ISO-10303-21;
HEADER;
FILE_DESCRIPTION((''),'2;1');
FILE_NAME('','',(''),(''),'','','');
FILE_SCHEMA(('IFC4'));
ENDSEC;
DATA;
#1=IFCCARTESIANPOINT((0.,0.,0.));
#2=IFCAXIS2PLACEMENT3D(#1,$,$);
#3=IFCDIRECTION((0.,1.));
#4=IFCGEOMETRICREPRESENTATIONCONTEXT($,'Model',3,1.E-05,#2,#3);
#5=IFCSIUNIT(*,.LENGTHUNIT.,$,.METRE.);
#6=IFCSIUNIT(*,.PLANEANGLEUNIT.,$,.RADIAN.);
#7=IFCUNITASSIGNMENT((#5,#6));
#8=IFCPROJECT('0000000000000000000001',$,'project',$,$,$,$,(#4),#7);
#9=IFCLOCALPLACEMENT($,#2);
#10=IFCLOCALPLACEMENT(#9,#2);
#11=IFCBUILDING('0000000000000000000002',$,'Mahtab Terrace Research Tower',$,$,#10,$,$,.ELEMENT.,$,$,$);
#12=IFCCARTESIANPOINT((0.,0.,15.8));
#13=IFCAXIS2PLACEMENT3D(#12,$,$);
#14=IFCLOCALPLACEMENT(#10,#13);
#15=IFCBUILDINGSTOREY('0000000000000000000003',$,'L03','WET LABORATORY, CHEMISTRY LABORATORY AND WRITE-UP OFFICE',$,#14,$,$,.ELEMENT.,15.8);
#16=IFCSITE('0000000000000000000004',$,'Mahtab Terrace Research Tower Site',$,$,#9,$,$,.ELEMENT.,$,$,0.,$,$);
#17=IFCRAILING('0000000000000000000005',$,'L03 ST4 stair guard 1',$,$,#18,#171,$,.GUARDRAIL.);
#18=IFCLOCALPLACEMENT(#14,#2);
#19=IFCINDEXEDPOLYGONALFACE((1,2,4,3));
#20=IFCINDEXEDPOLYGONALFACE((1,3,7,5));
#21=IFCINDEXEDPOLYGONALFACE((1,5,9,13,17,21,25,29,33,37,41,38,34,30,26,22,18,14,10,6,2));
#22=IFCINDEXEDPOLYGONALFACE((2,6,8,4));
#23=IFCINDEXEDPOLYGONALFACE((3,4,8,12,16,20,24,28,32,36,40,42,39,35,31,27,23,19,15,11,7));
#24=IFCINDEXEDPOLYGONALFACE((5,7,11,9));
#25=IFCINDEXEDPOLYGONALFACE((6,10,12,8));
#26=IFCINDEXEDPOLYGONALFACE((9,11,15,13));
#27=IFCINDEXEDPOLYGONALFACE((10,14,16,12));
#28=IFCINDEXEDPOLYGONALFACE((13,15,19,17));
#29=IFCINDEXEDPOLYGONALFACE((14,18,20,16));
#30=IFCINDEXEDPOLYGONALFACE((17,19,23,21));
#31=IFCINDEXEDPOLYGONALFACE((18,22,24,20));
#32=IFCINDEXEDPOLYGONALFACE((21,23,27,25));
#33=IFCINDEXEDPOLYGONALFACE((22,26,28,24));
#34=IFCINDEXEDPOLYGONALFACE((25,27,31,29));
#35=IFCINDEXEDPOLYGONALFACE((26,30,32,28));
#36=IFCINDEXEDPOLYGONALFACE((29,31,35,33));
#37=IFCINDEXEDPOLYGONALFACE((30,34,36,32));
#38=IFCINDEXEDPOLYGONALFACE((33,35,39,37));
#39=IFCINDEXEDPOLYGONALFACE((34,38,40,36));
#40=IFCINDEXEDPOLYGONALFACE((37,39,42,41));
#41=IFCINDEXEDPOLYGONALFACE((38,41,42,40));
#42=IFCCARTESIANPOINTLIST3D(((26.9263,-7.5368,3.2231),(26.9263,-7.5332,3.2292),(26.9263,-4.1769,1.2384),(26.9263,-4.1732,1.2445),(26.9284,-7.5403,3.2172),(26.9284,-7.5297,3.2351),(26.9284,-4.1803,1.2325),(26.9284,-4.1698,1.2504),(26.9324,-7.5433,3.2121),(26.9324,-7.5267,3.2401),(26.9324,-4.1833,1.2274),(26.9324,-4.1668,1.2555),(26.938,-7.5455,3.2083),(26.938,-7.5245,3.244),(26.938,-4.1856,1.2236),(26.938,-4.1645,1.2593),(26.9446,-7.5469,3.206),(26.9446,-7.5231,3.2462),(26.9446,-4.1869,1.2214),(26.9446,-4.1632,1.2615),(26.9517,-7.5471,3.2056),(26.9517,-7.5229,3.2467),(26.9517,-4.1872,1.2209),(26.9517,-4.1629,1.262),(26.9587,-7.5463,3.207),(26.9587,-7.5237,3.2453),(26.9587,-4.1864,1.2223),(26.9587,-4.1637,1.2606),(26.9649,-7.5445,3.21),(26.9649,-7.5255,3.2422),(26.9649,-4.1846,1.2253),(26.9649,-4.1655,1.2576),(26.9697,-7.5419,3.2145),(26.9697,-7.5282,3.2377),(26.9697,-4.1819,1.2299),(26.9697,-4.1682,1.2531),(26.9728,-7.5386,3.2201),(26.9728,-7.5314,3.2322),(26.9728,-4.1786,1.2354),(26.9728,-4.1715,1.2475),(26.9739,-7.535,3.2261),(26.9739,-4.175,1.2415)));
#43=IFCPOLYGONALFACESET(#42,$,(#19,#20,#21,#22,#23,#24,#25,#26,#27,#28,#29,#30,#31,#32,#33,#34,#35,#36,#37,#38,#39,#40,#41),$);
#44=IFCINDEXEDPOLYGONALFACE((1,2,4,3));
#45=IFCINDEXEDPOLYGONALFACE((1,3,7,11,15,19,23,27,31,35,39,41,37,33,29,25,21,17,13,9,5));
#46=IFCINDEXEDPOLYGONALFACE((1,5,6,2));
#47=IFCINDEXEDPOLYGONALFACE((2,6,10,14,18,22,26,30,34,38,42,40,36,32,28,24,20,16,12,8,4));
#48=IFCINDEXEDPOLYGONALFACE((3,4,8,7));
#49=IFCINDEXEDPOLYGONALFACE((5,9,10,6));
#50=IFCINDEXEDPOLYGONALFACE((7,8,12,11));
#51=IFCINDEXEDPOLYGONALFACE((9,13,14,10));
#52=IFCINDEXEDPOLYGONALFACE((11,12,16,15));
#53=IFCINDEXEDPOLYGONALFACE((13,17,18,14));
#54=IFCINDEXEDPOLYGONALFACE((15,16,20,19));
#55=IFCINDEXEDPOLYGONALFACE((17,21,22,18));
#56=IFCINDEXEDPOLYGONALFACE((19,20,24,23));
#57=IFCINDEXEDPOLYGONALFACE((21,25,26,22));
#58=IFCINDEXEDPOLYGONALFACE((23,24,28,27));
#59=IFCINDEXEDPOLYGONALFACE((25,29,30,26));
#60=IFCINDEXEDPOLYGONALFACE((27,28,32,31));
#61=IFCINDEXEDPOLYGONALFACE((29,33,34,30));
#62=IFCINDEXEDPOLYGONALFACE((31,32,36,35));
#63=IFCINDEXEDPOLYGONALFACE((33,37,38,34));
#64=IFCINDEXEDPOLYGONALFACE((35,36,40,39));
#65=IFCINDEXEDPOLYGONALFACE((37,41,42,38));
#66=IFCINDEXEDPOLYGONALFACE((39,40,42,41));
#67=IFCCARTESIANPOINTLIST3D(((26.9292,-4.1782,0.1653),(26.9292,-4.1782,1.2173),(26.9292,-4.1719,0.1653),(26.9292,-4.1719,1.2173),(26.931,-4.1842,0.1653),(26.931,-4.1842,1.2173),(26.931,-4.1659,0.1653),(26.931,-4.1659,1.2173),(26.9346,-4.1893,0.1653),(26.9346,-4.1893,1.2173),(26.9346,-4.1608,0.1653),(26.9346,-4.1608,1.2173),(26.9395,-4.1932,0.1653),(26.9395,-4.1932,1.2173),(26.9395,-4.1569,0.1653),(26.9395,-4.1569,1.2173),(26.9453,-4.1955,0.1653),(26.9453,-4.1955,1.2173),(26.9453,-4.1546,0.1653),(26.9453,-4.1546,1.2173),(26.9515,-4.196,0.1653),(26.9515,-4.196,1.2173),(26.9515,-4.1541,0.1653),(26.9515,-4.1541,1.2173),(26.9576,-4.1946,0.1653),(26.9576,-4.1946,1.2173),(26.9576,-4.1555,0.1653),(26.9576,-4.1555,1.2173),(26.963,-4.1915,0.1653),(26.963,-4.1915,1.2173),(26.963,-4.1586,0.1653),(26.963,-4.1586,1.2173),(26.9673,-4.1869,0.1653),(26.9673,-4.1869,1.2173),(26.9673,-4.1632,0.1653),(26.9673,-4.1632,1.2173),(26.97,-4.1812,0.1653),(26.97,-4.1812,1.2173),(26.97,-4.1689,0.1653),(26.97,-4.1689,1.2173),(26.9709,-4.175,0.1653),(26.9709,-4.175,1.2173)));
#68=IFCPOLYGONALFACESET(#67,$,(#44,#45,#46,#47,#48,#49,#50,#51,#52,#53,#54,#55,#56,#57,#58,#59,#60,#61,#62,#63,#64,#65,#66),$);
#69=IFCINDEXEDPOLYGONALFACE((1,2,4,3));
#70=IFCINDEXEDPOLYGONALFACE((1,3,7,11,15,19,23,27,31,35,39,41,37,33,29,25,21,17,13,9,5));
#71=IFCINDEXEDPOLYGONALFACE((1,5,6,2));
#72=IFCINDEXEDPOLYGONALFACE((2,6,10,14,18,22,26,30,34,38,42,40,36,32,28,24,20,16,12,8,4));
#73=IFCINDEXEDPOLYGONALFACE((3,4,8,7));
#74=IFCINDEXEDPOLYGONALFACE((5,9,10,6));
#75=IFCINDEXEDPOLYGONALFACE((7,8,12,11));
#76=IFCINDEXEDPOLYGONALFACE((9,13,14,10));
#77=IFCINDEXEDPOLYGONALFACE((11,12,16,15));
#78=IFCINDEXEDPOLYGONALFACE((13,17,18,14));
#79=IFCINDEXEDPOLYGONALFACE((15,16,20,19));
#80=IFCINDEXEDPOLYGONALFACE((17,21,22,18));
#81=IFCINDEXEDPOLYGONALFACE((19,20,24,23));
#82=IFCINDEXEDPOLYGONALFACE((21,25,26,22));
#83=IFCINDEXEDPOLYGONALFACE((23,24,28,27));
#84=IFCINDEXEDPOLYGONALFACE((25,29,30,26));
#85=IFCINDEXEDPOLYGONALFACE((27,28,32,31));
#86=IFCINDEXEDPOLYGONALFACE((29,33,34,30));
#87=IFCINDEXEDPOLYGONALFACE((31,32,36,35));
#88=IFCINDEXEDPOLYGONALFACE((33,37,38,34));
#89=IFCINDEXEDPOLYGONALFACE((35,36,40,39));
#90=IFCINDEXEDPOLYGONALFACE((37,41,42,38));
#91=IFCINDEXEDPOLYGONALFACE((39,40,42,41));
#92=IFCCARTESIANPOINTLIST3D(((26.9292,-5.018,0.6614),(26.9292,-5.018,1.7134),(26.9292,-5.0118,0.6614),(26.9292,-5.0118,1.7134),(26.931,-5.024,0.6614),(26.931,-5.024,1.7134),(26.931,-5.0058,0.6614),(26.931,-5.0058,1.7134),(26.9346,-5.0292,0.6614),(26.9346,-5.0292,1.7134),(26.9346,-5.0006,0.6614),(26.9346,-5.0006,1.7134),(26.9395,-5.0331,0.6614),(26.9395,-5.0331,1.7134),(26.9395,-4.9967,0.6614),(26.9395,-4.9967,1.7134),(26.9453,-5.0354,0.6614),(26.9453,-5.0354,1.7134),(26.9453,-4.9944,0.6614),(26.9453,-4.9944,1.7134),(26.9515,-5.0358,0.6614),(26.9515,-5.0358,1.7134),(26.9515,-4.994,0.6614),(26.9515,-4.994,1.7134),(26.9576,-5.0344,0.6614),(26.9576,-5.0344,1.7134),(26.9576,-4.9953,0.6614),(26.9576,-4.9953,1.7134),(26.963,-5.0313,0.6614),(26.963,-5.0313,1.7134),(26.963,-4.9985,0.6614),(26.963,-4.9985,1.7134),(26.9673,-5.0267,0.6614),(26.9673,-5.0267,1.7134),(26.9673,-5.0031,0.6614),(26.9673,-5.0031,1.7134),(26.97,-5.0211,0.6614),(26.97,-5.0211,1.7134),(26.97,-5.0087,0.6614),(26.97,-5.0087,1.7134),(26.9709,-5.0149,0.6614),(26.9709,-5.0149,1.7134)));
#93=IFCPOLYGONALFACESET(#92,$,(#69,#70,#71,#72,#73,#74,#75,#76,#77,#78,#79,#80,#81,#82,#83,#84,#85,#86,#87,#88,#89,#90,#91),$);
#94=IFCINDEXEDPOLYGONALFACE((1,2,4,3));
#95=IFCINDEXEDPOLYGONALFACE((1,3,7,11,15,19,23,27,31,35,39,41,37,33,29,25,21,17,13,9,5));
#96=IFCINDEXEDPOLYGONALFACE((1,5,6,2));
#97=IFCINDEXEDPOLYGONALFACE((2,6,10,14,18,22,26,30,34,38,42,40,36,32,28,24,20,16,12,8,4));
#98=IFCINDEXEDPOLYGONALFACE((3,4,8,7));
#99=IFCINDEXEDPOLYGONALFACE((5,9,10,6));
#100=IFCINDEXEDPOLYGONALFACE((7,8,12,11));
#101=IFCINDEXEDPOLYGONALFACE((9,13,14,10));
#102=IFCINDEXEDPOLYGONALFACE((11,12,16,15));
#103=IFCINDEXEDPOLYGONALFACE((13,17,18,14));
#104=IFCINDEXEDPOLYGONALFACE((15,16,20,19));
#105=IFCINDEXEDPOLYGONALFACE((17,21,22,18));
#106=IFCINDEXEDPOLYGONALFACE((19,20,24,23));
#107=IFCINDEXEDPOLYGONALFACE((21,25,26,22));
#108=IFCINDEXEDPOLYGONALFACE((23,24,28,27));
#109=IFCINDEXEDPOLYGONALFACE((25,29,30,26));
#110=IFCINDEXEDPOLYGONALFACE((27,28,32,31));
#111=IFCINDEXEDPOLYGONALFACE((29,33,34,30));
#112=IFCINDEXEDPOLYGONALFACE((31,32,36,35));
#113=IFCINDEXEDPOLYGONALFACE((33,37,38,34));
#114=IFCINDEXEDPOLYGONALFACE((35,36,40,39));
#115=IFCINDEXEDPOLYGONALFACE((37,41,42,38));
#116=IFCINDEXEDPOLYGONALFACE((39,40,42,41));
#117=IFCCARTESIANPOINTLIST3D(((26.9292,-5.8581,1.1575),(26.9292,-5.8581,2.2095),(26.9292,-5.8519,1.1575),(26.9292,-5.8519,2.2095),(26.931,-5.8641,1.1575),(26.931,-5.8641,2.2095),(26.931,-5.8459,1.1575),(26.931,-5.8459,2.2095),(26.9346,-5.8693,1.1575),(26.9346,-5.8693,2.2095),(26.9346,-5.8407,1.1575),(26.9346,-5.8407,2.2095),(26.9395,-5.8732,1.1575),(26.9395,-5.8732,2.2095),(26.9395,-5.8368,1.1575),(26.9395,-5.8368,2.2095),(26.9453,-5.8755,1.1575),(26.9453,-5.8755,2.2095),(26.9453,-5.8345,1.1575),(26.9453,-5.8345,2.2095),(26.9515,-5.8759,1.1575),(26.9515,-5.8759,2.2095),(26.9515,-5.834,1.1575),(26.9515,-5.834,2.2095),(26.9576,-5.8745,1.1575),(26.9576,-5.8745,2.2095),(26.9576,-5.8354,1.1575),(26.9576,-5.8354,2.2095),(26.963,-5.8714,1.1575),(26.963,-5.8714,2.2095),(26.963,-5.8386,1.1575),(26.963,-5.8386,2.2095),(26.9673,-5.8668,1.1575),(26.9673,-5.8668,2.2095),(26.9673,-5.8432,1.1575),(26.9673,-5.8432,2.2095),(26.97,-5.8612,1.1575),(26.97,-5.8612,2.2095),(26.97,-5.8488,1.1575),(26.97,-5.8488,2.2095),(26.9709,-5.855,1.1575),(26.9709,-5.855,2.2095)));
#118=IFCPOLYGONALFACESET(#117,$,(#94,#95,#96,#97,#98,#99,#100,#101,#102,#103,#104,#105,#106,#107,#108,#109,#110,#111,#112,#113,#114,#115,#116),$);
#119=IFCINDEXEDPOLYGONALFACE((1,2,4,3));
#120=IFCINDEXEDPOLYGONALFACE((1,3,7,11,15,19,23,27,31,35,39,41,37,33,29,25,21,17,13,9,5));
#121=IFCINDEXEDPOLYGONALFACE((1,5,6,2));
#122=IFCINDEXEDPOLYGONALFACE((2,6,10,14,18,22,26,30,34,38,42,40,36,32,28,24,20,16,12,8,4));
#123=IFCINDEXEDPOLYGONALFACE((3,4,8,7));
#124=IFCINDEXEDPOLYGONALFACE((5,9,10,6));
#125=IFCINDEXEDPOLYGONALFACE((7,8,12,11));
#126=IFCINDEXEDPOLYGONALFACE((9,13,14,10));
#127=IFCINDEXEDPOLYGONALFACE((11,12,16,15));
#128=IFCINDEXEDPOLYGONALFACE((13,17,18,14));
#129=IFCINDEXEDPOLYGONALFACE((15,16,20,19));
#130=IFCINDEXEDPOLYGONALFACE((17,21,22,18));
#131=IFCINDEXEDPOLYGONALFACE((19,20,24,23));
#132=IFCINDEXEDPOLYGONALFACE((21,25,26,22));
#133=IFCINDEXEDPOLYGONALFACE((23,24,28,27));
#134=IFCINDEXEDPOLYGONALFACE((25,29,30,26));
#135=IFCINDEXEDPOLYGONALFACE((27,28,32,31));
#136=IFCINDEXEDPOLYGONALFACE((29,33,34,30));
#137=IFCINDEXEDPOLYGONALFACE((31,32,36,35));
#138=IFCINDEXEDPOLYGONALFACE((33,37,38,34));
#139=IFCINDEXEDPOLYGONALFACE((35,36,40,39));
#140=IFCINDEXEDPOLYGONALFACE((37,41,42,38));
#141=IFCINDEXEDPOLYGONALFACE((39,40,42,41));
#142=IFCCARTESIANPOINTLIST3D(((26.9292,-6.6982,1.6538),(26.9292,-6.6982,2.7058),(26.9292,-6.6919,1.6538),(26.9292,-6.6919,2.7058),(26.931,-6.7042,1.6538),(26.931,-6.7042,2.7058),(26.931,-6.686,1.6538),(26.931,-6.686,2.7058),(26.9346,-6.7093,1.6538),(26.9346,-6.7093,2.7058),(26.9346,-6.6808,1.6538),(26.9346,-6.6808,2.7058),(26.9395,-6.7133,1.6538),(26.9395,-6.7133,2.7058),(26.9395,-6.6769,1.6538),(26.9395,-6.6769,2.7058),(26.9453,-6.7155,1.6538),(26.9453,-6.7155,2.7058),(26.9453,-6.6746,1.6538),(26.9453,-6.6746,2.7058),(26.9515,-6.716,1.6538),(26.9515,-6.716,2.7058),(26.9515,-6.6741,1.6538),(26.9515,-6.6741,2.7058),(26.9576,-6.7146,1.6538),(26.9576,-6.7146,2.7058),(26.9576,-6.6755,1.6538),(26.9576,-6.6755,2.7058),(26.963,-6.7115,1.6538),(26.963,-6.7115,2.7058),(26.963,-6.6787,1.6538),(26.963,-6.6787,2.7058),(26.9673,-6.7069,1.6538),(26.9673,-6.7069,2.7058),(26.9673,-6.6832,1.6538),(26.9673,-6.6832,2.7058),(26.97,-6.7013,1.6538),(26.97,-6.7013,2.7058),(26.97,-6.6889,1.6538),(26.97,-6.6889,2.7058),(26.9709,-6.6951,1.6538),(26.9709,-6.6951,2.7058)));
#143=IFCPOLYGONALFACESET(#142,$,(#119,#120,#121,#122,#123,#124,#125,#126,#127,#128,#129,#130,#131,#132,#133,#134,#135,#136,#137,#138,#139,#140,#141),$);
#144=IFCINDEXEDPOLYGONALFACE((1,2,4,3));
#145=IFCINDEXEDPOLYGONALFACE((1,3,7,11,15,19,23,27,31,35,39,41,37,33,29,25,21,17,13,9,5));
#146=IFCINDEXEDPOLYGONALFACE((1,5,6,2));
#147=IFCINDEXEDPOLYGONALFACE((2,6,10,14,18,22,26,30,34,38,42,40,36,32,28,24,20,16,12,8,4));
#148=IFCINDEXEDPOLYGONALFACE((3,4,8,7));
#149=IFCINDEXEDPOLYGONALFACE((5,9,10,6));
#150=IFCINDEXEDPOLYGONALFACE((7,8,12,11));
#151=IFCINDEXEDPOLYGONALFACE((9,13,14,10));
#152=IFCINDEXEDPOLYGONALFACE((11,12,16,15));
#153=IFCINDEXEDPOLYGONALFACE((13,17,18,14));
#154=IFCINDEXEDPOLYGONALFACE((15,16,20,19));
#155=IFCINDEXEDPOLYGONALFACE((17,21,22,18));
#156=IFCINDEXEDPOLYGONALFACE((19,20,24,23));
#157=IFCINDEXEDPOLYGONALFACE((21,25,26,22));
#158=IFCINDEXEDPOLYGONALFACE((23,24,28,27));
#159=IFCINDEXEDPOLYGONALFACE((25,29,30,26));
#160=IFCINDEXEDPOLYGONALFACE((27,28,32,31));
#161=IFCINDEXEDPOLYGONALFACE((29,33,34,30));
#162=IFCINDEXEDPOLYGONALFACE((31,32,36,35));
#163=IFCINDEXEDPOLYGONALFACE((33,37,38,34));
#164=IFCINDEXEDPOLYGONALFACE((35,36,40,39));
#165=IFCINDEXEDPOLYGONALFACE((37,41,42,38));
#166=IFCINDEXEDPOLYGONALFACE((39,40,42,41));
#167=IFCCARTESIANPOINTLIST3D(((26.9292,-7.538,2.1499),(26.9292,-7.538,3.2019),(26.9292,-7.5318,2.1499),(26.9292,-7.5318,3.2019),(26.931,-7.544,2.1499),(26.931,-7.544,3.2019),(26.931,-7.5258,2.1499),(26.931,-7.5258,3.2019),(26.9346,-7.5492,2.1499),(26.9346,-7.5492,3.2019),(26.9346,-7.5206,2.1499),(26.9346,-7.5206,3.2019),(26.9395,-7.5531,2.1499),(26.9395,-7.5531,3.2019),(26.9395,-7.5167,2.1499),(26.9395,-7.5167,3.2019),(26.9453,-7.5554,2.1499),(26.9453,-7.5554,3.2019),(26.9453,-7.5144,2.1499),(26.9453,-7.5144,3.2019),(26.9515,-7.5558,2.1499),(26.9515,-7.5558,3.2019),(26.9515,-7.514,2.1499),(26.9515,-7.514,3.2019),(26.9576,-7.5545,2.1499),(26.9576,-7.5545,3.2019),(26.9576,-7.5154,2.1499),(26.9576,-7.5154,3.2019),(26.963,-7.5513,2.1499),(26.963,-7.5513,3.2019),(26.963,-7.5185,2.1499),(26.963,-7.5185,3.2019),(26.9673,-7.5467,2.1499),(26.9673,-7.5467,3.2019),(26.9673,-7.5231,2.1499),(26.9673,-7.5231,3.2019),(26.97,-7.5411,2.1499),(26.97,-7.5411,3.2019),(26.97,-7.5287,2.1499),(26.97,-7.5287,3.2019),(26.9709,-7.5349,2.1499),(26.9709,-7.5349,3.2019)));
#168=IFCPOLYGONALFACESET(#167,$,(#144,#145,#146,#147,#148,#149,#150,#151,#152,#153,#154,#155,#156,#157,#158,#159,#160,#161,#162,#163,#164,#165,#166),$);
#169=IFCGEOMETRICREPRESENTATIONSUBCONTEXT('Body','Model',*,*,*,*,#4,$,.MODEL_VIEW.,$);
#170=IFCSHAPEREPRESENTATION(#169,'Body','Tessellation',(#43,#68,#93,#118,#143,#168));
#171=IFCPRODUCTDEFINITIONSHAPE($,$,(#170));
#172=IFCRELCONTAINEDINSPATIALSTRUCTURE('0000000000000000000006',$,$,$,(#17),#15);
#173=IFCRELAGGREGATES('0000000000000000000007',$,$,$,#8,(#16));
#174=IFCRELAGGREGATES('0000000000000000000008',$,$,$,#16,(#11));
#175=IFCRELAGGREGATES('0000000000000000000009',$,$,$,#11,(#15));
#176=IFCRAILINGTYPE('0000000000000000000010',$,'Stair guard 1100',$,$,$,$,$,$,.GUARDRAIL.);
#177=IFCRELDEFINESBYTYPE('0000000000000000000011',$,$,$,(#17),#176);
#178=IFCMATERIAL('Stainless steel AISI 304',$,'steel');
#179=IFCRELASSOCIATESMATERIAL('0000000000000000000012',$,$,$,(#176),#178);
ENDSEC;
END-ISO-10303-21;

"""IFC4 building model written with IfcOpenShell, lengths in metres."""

from ifc_helpers import new_model, si_unit, direction, frame, origin, origin_2d, place, context, subcontext, project, spatial, circle, extrude, material, type_object, element, save


model = new_model("IFC4")

# Units and contexts
model_context = context("Model", 3, precision=1e-05, world=origin(), true_north=direction((0.0, 1.0)))
body_context = subcontext(model_context, "Body", "Model", "MODEL_VIEW")
ifc_project = project(units=[si_unit("LENGTHUNIT", "METRE"), si_unit("PLANEANGLEUNIT", "RADIAN")], contexts=[model_context])

# Site, building, storey
site_placement = place(None, origin())
site = spatial("IfcSite", under=ifc_project, at=site_placement, Name="Mahtab Terrace Research Tower Site", CompositionType="ELEMENT", RefElevation=0.0)
building_placement = place(site_placement, origin())
building = spatial("IfcBuilding", under=site, at=building_placement, Name="Mahtab Terrace Research Tower", CompositionType="ELEMENT")
storey_placement = place(building_placement, frame((0.0, 0.0, 15.8)))
storey = spatial("IfcBuildingStorey", under=building, at=storey_placement, Name="L03", Description="WET LABORATORY, CHEMISTRY LABORATORY AND WRITE-UP OFFICE", CompositionType="ELEMENT", Elevation=15.8)

# Shared definitions
ifc_material_1 = material(Name="Stainless steel AISI 304", Category="steel")

# Railing
railing_type_1 = type_object("IfcRailingType", Name="Stair guard 1100", PredefinedType="GUARDRAIL", material=ifc_material_1)
railing_1_placement = place(storey_placement, frame((26.95, -4.175, 0.1653)))
element("IfcRailing", 1, at=railing_1_placement, inside=storey, type_object=railing_type_1, Name="L03 ST4 stair guard 1", PredefinedType="GUARDRAIL", context=body_context, shape_type="SweptSolid", body=[
    extrude(circle(Radius=0.0239, at=origin_2d()), frame((0.0, 0.0, 1.0762), z_axis=(0.0, -0.861011, 0.508586), x_axis=(1.0, 0.0, 0.0)), (0.0, 0.0, 1.0), 3.9023),
    extrude(circle(Radius=0.021, at=origin_2d()), origin(), (0.0, 0.0, 1.0), 1.052),
    extrude(circle(Radius=0.021, at=origin_2d()), frame((0.0, -0.8398, 0.4961)), (0.0, 0.0, 1.0), 1.052),
    extrude(circle(Radius=0.021, at=origin_2d()), frame((0.0, -1.6799, 0.9922)), (0.0, 0.0, 1.0), 1.052),
    extrude(circle(Radius=0.021, at=origin_2d()), frame((0.0, -2.52, 1.4885)), (0.0, 0.0, 1.0), 1.052),
    extrude(circle(Radius=0.021, at=origin_2d()), frame((0.0, -3.3599, 1.9846)), (0.0, 0.0, 1.0), 1.052),
])

save(model, "model.ifc")
